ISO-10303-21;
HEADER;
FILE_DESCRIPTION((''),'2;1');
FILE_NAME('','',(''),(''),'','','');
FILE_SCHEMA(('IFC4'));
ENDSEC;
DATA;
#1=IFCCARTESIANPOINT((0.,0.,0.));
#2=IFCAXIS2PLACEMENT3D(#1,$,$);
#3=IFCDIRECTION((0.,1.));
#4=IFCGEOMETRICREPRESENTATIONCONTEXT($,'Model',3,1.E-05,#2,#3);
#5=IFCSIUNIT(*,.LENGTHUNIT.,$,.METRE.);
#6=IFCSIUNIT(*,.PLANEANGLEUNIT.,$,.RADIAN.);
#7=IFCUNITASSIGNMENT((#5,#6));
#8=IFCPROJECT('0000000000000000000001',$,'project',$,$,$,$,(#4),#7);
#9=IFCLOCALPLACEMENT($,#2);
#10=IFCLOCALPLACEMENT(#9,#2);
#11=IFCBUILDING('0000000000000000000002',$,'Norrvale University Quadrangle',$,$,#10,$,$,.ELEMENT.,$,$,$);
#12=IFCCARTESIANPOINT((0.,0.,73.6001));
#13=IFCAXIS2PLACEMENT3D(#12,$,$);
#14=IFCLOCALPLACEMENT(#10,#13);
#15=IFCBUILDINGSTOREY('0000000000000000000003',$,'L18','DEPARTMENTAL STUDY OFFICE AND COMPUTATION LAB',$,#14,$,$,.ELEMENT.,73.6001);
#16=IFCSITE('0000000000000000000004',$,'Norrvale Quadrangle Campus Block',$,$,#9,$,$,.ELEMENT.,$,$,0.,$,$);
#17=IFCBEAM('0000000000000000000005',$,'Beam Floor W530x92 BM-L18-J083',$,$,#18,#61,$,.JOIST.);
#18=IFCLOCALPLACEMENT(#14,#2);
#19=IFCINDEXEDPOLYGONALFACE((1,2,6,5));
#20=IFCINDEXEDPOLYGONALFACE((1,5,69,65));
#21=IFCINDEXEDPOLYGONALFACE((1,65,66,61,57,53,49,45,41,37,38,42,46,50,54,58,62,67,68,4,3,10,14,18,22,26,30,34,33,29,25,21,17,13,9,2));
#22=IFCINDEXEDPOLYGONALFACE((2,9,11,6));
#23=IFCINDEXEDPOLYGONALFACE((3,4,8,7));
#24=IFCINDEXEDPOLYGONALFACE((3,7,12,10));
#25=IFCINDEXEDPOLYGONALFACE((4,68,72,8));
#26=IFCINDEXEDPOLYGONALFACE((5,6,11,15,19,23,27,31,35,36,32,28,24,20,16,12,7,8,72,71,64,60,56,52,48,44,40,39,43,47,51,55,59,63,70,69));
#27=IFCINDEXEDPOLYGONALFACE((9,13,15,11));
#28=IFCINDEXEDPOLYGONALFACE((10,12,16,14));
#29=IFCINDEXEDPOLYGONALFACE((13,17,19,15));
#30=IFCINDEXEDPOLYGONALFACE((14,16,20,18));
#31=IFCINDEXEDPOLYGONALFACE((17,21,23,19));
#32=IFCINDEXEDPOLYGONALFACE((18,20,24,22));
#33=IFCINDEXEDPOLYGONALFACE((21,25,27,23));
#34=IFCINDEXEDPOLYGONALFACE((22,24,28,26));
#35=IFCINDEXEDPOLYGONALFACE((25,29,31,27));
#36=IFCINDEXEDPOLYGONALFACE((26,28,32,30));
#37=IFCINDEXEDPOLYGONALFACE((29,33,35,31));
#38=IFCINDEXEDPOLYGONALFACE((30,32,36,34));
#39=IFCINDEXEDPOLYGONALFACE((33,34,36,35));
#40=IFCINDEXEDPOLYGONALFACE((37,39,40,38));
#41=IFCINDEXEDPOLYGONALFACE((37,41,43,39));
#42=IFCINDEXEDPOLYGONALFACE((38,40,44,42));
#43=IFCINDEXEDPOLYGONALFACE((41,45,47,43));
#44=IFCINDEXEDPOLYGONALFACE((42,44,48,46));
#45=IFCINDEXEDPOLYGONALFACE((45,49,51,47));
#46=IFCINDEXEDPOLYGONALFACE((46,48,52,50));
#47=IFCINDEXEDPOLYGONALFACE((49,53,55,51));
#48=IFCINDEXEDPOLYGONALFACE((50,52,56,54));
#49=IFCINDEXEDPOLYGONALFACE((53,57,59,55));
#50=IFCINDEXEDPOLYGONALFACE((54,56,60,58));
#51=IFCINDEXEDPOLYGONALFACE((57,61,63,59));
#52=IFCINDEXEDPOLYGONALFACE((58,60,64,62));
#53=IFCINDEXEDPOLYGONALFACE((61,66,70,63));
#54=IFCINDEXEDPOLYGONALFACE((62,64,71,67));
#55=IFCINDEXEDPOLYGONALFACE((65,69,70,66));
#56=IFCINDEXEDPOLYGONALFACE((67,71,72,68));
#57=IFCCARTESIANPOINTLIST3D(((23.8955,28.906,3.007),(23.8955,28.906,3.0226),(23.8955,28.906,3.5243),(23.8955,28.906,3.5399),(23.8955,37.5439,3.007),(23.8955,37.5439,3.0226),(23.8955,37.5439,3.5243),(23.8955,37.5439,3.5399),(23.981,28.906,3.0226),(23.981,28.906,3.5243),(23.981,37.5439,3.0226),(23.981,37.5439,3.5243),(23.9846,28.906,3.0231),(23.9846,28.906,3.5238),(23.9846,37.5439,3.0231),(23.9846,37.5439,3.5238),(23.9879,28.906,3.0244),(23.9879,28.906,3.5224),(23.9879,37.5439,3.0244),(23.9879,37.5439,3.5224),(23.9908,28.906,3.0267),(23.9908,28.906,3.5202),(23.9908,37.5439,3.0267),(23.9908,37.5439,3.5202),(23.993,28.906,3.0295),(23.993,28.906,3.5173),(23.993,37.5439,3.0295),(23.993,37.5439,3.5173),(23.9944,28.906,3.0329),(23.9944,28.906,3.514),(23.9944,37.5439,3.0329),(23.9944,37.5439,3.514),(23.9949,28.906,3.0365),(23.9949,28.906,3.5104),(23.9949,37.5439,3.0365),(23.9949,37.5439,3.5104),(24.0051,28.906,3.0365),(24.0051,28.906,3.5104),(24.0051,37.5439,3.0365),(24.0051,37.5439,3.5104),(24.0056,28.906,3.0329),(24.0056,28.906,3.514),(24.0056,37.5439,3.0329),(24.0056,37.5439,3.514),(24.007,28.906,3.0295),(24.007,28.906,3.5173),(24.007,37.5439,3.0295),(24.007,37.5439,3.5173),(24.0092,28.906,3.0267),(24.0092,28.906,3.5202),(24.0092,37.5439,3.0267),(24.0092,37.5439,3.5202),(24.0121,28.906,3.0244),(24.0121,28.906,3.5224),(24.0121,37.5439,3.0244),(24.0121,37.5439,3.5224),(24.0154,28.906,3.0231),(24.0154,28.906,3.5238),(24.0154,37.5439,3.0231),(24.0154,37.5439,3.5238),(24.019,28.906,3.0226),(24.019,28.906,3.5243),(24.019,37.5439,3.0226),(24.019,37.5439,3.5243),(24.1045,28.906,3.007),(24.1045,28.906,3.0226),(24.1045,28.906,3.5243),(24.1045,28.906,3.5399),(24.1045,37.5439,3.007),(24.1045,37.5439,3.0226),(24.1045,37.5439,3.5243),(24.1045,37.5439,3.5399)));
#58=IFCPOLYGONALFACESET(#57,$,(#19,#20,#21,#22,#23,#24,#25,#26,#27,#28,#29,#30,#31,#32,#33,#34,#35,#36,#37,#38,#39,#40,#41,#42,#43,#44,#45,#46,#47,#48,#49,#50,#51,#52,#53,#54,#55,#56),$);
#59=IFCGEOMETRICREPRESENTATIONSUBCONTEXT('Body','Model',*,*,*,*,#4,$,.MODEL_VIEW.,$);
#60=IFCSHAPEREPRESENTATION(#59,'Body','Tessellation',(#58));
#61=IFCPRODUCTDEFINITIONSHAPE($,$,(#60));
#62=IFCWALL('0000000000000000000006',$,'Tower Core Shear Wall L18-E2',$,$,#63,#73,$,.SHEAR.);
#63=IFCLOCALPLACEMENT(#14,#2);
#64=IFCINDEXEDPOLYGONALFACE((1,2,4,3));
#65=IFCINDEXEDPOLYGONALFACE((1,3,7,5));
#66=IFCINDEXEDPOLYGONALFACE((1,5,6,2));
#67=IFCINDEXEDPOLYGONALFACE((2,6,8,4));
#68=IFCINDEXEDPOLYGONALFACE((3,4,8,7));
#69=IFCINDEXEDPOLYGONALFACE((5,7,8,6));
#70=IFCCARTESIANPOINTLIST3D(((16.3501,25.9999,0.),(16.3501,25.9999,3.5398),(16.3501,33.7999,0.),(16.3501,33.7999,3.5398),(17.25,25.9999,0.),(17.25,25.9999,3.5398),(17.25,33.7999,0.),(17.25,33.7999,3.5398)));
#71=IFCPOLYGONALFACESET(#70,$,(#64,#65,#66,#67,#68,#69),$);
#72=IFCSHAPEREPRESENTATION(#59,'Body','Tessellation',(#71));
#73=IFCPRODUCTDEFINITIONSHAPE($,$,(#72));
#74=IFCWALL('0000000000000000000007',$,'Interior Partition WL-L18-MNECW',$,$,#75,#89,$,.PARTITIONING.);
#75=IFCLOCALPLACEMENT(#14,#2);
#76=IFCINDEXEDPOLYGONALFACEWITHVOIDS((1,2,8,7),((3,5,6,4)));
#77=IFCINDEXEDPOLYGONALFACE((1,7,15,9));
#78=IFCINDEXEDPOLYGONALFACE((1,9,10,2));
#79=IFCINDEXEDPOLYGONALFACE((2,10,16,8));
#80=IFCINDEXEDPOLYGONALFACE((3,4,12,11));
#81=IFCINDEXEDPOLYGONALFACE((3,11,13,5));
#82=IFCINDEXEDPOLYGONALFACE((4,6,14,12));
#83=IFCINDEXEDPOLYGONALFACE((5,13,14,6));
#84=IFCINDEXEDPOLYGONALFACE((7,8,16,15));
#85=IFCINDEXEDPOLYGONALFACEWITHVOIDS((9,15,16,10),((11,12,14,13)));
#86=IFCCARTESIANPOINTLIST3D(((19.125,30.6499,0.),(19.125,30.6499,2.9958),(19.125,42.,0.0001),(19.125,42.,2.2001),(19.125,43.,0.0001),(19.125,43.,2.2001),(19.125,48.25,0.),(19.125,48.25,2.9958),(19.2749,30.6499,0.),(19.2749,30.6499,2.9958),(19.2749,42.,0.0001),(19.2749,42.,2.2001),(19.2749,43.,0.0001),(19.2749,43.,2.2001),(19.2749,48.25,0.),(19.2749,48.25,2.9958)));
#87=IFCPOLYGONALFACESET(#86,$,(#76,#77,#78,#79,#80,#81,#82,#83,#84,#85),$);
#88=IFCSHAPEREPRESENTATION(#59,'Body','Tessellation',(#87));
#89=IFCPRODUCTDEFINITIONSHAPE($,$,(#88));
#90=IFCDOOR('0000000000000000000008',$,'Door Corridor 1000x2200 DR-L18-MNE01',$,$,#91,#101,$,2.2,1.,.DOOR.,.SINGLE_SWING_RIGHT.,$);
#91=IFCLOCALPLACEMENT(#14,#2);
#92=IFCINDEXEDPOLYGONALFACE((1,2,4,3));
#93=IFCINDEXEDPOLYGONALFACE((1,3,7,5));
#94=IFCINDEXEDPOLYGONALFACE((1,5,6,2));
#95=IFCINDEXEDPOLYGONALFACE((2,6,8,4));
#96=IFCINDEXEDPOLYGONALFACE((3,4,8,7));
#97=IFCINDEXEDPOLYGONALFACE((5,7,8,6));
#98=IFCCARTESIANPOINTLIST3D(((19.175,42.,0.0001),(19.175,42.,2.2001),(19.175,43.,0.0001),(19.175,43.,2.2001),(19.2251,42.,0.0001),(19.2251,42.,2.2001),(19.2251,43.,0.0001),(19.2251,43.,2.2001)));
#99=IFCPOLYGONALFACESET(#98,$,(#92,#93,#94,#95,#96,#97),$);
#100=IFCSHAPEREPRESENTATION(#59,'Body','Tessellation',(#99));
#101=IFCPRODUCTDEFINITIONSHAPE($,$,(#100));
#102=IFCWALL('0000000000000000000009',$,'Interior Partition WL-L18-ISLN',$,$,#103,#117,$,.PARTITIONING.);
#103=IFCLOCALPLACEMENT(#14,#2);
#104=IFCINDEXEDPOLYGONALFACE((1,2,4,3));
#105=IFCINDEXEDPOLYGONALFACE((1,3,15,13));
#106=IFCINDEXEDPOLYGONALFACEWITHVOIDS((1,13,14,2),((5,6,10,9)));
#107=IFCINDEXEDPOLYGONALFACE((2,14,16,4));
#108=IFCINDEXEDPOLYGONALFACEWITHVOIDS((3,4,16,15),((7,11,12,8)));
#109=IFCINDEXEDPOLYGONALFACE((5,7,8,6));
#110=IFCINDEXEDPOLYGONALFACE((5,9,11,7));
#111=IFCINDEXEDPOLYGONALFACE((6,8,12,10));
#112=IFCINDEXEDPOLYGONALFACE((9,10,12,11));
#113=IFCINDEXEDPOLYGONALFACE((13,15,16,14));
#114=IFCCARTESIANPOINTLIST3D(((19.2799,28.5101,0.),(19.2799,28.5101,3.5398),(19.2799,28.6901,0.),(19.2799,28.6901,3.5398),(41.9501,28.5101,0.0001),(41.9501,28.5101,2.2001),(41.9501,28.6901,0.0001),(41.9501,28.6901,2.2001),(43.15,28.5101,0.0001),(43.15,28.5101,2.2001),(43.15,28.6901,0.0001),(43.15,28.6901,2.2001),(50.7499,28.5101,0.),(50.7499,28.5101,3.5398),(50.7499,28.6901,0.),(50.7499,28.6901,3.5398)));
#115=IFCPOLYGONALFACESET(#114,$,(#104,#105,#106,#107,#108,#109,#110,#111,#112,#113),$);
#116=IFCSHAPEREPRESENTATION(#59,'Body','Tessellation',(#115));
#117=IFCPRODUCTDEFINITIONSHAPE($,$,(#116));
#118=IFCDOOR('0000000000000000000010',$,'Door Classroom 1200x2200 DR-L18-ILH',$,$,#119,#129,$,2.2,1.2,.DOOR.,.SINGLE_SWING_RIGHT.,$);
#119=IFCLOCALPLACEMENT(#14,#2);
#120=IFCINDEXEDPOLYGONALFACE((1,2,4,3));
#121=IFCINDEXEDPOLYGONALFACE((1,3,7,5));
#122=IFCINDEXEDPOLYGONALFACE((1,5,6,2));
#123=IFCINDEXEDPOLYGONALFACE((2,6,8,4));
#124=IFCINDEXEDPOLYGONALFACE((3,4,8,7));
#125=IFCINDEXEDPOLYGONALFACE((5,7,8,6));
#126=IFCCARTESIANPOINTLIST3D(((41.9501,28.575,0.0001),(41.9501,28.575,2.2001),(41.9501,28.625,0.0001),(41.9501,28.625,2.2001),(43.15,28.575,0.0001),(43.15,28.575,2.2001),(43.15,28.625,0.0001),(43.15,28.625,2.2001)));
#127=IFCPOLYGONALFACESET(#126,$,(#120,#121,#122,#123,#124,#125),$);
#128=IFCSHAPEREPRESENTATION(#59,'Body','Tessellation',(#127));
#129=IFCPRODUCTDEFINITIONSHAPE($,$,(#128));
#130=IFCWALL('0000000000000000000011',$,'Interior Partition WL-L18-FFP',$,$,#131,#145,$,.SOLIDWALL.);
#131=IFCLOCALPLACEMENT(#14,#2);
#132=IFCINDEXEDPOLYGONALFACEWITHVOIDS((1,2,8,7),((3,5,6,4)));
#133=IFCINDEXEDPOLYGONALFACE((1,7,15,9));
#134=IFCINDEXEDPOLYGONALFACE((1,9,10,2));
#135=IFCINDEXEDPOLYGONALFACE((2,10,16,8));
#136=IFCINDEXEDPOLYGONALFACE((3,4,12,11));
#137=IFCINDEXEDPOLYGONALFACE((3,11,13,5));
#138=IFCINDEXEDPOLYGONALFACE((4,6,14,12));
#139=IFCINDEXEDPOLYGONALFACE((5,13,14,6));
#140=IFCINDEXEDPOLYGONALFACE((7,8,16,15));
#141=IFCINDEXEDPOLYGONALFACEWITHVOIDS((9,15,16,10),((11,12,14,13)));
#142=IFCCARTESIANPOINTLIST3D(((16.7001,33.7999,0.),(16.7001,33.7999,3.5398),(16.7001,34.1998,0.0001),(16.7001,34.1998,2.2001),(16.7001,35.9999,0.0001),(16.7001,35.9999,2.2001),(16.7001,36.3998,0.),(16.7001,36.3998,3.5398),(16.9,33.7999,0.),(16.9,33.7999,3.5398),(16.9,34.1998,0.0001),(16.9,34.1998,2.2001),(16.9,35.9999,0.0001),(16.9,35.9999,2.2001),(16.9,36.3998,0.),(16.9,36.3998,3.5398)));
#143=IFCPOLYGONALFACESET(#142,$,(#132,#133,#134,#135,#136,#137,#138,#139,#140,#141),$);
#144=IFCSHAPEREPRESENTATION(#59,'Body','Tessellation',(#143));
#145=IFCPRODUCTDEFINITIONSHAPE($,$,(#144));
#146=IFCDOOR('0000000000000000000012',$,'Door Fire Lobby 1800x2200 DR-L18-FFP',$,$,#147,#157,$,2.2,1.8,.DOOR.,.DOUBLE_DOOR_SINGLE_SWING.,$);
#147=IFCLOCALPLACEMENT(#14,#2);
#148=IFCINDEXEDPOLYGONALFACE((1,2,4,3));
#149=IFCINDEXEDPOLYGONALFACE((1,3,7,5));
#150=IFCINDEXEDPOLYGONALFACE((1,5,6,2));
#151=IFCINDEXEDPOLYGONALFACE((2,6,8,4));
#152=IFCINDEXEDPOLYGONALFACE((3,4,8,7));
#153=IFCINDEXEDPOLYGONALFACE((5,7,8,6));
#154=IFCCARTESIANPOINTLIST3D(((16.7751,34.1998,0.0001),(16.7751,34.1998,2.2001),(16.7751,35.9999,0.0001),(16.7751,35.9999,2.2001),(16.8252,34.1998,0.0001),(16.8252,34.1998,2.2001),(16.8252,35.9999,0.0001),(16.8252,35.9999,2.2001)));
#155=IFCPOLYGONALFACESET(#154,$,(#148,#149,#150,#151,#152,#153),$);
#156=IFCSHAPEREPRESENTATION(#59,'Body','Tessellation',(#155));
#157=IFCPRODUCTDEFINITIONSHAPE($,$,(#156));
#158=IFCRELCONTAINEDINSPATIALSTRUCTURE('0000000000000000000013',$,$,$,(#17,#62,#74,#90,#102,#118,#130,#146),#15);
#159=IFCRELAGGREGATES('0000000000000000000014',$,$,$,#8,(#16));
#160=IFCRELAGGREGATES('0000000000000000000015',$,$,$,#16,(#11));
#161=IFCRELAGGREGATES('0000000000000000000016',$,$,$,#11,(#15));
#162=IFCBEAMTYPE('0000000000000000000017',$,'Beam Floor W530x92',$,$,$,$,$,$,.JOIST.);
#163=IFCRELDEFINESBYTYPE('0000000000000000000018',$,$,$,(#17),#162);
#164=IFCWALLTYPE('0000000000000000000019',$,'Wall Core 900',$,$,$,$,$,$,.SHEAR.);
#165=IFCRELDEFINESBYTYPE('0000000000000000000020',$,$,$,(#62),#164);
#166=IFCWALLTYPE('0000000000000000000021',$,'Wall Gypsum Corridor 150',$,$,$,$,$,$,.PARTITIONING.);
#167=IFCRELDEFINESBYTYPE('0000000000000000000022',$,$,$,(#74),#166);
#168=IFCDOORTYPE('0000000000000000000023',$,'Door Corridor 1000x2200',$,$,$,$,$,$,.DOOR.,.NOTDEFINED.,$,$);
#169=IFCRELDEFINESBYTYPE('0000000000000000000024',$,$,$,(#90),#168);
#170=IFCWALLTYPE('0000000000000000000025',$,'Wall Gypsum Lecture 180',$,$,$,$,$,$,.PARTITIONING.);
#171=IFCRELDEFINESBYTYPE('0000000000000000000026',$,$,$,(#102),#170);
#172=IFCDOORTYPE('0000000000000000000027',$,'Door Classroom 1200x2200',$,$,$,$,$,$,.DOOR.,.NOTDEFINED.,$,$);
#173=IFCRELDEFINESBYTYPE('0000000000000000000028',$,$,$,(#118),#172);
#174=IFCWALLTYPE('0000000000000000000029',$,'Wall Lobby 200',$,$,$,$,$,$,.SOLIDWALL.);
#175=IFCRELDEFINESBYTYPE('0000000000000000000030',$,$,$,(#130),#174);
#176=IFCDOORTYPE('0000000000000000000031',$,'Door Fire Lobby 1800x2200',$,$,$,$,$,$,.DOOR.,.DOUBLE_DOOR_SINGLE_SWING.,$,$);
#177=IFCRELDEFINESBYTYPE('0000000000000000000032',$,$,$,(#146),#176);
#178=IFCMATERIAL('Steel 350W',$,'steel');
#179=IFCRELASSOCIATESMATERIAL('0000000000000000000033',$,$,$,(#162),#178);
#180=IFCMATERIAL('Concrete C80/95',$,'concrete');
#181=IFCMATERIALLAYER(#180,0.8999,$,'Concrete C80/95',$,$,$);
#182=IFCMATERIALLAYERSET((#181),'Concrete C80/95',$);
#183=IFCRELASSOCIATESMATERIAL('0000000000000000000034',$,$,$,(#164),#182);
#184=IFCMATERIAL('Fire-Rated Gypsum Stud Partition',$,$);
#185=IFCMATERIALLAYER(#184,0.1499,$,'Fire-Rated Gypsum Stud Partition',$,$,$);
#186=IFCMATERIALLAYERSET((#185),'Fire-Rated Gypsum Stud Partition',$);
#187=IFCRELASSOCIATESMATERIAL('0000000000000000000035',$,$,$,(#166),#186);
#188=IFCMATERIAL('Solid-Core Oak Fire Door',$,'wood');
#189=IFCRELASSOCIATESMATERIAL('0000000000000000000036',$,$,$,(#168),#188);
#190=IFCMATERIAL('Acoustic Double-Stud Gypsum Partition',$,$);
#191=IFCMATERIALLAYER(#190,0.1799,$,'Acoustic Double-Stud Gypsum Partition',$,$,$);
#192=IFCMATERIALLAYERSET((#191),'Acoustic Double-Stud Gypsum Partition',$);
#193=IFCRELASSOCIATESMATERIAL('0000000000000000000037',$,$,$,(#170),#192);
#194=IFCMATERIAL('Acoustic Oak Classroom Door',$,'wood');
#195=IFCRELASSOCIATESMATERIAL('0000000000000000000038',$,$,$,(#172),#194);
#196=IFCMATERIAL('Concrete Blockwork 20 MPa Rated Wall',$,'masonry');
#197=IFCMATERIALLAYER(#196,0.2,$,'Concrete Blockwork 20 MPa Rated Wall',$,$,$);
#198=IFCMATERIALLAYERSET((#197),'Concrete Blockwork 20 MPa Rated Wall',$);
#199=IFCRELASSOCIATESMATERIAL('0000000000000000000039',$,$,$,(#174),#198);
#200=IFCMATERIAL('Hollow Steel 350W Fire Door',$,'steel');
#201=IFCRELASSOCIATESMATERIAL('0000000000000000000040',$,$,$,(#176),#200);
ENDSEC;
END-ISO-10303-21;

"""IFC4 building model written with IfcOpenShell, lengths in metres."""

from ifc_helpers import new_model, si_unit, direction, frame, frame_2d, origin, origin_2d, place, context, subcontext, project, spatial, rectangle, i_section, extrude, material, layer, layer_set, material_profile, profile_set, type_object, element, fill, save


model = new_model("IFC4")

# Units and contexts
model_context = context("Model", 3, precision=1e-05, world=origin(), true_north=direction((0.0, 1.0)))
body_context = subcontext(model_context, "Body", "Model", "MODEL_VIEW")
ifc_project = project(units=[si_unit("LENGTHUNIT", "METRE"), si_unit("PLANEANGLEUNIT", "RADIAN")], contexts=[model_context])

# Site, building, storey
site_placement = place(None, origin())
site = spatial("IfcSite", under=ifc_project, at=site_placement, Name="Norrvale Quadrangle Campus Block", CompositionType="ELEMENT", RefElevation=0.0)
building_placement = place(site_placement, origin())
building = spatial("IfcBuilding", under=site, at=building_placement, Name="Norrvale University Quadrangle", CompositionType="ELEMENT")
storey_placement = place(building_placement, frame((0.0, 0.0, 73.6001)))
storey = spatial("IfcBuildingStorey", under=building, at=storey_placement, Name="L18", Description="DEPARTMENTAL STUDY OFFICE AND COMPUTATION LAB", CompositionType="ELEMENT", Elevation=73.6001)

# Shared definitions
ifc_material_1 = material(Name="Concrete C80/95", Category="concrete")

# Beam
ifc_material_2 = material(Name="Steel 350W", Category="steel")
ifc_material_profile_1 = material_profile(ifc_material_2, i_section(OverallWidth=0.209, OverallDepth=0.533, WebThickness=0.0103, FlangeThickness=0.0156, FilletRadius=0.0139, at=origin_2d()), Name="Steel 350W")
ifc_profile_set_1 = profile_set([ifc_material_profile_1], Name="Steel 350W")
beam_type_1 = type_object("IfcBeamType", Name="Beam Floor W530x92", PredefinedType="JOIST", material=ifc_profile_set_1)
beam_1_placement = place(storey_placement, frame((24.0, 28.906, 3.2734), z_axis=(0.0, 1.0, 0.0), x_axis=(-1.0, 0.0, 0.0)))
element("IfcBeam", 1, at=beam_1_placement, inside=storey, type_object=beam_type_1, Name="Beam Floor W530x92 BM-L18-J083", PredefinedType="JOIST", context=body_context, shape_type="SweptSolid", body=[
    extrude(i_section(OverallWidth=0.209, OverallDepth=0.533, WebThickness=0.0103, FlangeThickness=0.0156, FilletRadius=0.0139, at=origin_2d()), origin(), (0.0, 0.0, 1.0), 8.6379),
])

# Wall
ifc_layer_1 = layer(ifc_material_1, 0.8999, Name="Concrete C80/95")
ifc_layer_set_1 = layer_set([ifc_layer_1], Name="Concrete C80/95")
wall_type_1 = type_object("IfcWallType", Name="Wall Core 900", PredefinedType="SHEAR", material=ifc_layer_set_1)
wall_1_placement = place(storey_placement, frame((16.8, 26.0, 0.0), z_axis=(0.0, 0.0, 1.0), x_axis=(0.0, 1.0, 0.0)))
element("IfcWall", 2, at=wall_1_placement, inside=storey, type_object=wall_type_1, Name="Tower Core Shear Wall L18-E2", PredefinedType="SHEAR", context=body_context, shape_type="SweptSolid", body=[
    extrude(rectangle(XDim=7.8, YDim=0.8999, at=frame_2d((3.8999, 0.0))), origin(), (0.0, 0.0, 1.0), 3.5398),
])

# Walls, openings, doors
ifc_material_3 = material(Name="Fire-Rated Gypsum Stud Partition")
ifc_layer_2 = layer(ifc_material_3, 0.1499, Name="Fire-Rated Gypsum Stud Partition")
ifc_layer_set_2 = layer_set([ifc_layer_2], Name="Fire-Rated Gypsum Stud Partition")
wall_type_2 = type_object("IfcWallType", Name="Wall Gypsum Corridor 150", PredefinedType="PARTITIONING", material=ifc_layer_set_2)
wall_2_placement = place(storey_placement, frame((19.2, 30.6499, 0.0), z_axis=(0.0, 0.0, 1.0), x_axis=(0.0, 1.0, 0.0)))
wall_2 = element("IfcWall", 3, at=wall_2_placement, inside=storey, type_object=wall_type_2, Name="Interior Partition WL-L18-MNECW", PredefinedType="PARTITIONING", context=body_context, shape_type="SweptSolid", body=[
    extrude(rectangle(XDim=17.6001, YDim=0.1499, at=frame_2d((8.8, 0.0))), origin(), (0.0, 0.0, 1.0), 2.9958),
])
opening_1_placement = place(wall_2_placement, frame((11.3501, 0.0, 0.0)))
opening_1 = element("IfcOpeningElement", 4, at=opening_1_placement, cuts=wall_2, PredefinedType="OPENING", context=body_context, shape_type="SweptSolid", body=[
    extrude(rectangle(XDim=1.0, YDim=2.2, at=frame_2d((0.5, 1.1001))), frame((0.0, 0.0869, 0.0), z_axis=(0.0, -1.0, 0.0), x_axis=(1.0, 0.0, 0.0)), (0.0, 0.0, 1.0), 0.1738),
])
ifc_material_4 = material(Name="Solid-Core Oak Fire Door", Category="wood")
door_type_1 = type_object("IfcDoorType", Name="Door Corridor 1000x2200", OperationType="NOTDEFINED", PredefinedType="DOOR", material=ifc_material_4)
door_1_placement = place(opening_1_placement, origin())
door_1 = element("IfcDoor", 5, at=door_1_placement, inside=storey, type_object=door_type_1, Name="Door Corridor 1000x2200 DR-L18-MNE01", OperationType="SINGLE_SWING_RIGHT", OverallHeight=2.2, OverallWidth=1.0, PredefinedType="DOOR", context=body_context, shape_type="SweptSolid", body=[
    extrude(rectangle(XDim=1.0, YDim=2.2, at=frame_2d((0.5, 1.1001))), frame((0.0, 0.0249, 0.0), z_axis=(0.0, -1.0, 0.0), x_axis=(1.0, 0.0, 0.0)), (0.0, 0.0, 1.0), 0.05),
])
fill(opening_1, door_1)
ifc_material_5 = material(Name="Acoustic Double-Stud Gypsum Partition")
ifc_layer_3 = layer(ifc_material_5, 0.1799, Name="Acoustic Double-Stud Gypsum Partition")
ifc_layer_set_3 = layer_set([ifc_layer_3], Name="Acoustic Double-Stud Gypsum Partition")
wall_type_3 = type_object("IfcWallType", Name="Wall Gypsum Lecture 180", PredefinedType="PARTITIONING", material=ifc_layer_set_3)
wall_3_placement = place(storey_placement, frame((19.28, 28.6001, 0.0), z_axis=(0.0, 0.0, 1.0), x_axis=(1.0, 0.0, 0.0)))
wall_3 = element("IfcWall", 6, at=wall_3_placement, inside=storey, type_object=wall_type_3, Name="Interior Partition WL-L18-ISLN", PredefinedType="PARTITIONING", context=body_context, shape_type="SweptSolid", body=[
    extrude(rectangle(XDim=31.47, YDim=0.1799, at=frame_2d((15.7349, 0.0))), origin(), (0.0, 0.0, 1.0), 3.5398),
])
opening_2_placement = place(wall_3_placement, frame((22.6699, 0.0, 0.0)))
opening_2 = element("IfcOpeningElement", 7, at=opening_2_placement, cuts=wall_3, PredefinedType="OPENING", context=body_context, shape_type="SweptSolid", body=[
    extrude(rectangle(XDim=1.2, YDim=2.2, at=frame_2d((0.6001, 1.1001))), frame((0.0, 0.1021, 0.0), z_axis=(0.0, -1.0, 0.0), x_axis=(1.0, 0.0, 0.0)), (0.0, 0.0, 1.0), 0.2039),
])
ifc_material_6 = material(Name="Acoustic Oak Classroom Door", Category="wood")
door_type_2 = type_object("IfcDoorType", Name="Door Classroom 1200x2200", OperationType="NOTDEFINED", PredefinedType="DOOR", material=ifc_material_6)
door_2_placement = place(opening_2_placement, origin())
door_2 = element("IfcDoor", 8, at=door_2_placement, inside=storey, type_object=door_type_2, Name="Door Classroom 1200x2200 DR-L18-ILH", OperationType="SINGLE_SWING_RIGHT", OverallHeight=2.2, OverallWidth=1.2, PredefinedType="DOOR", context=body_context, shape_type="SweptSolid", body=[
    extrude(rectangle(XDim=1.2, YDim=2.2, at=frame_2d((0.6001, 1.1001))), frame((0.0, 0.0249, 0.0), z_axis=(0.0, -1.0, 0.0), x_axis=(1.0, 0.0, 0.0)), (0.0, 0.0, 1.0), 0.05),
])
fill(opening_2, door_2)
ifc_material_7 = material(Name="Concrete Blockwork 20 MPa Rated Wall", Category="masonry")
ifc_layer_4 = layer(ifc_material_7, 0.2, Name="Concrete Blockwork 20 MPa Rated Wall")
ifc_layer_set_4 = layer_set([ifc_layer_4], Name="Concrete Blockwork 20 MPa Rated Wall")
wall_type_4 = type_object("IfcWallType", Name="Wall Lobby 200", PredefinedType="SOLIDWALL", material=ifc_layer_set_4)
wall_4_placement = place(storey_placement, frame((16.8, 33.8, 0.0), z_axis=(0.0, 0.0, 1.0), x_axis=(0.0, 1.0, 0.0)))
wall_4 = element("IfcWall", 9, at=wall_4_placement, inside=storey, type_object=wall_type_4, Name="Interior Partition WL-L18-FFP", PredefinedType="SOLIDWALL", context=body_context, shape_type="SweptSolid", body=[
    extrude(rectangle(XDim=2.5999, YDim=0.2, at=frame_2d((1.2998, 0.0))), origin(), (0.0, 0.0, 1.0), 3.5398),
])
opening_3_placement = place(wall_4_placement, frame((0.3999, 0.0, 0.0)))
opening_3 = element("IfcOpeningElement", 10, at=opening_3_placement, cuts=wall_4, PredefinedType="OPENING", context=body_context, shape_type="SweptSolid", body=[
    extrude(rectangle(XDim=1.8, YDim=2.2, at=frame_2d((0.8999, 1.1001))), frame((0.0, 0.1121, 0.0), z_axis=(0.0, -1.0, 0.0), x_axis=(1.0, 0.0, 0.0)), (0.0, 0.0, 1.0), 0.2239),
])
ifc_material_8 = material(Name="Hollow Steel 350W Fire Door", Category="steel")
door_type_3 = type_object("IfcDoorType", Name="Door Fire Lobby 1800x2200", OperationType="DOUBLE_DOOR_SINGLE_SWING", PredefinedType="DOOR", material=ifc_material_8)
door_3_placement = place(opening_3_placement, origin())
door_3 = element("IfcDoor", 11, at=door_3_placement, inside=storey, type_object=door_type_3, Name="Door Fire Lobby 1800x2200 DR-L18-FFP", OperationType="DOUBLE_DOOR_SINGLE_SWING", OverallHeight=2.2, OverallWidth=1.8, PredefinedType="DOOR", context=body_context, shape_type="SweptSolid", body=[
    extrude(rectangle(XDim=1.8, YDim=2.2, at=frame_2d((0.8999, 1.1001))), frame((0.0, 0.0249, 0.0), z_axis=(0.0, -1.0, 0.0), x_axis=(1.0, 0.0, 0.0)), (0.0, 0.0, 1.0), 0.05),
])
fill(opening_3, door_3)

save(model, "model.ifc")
